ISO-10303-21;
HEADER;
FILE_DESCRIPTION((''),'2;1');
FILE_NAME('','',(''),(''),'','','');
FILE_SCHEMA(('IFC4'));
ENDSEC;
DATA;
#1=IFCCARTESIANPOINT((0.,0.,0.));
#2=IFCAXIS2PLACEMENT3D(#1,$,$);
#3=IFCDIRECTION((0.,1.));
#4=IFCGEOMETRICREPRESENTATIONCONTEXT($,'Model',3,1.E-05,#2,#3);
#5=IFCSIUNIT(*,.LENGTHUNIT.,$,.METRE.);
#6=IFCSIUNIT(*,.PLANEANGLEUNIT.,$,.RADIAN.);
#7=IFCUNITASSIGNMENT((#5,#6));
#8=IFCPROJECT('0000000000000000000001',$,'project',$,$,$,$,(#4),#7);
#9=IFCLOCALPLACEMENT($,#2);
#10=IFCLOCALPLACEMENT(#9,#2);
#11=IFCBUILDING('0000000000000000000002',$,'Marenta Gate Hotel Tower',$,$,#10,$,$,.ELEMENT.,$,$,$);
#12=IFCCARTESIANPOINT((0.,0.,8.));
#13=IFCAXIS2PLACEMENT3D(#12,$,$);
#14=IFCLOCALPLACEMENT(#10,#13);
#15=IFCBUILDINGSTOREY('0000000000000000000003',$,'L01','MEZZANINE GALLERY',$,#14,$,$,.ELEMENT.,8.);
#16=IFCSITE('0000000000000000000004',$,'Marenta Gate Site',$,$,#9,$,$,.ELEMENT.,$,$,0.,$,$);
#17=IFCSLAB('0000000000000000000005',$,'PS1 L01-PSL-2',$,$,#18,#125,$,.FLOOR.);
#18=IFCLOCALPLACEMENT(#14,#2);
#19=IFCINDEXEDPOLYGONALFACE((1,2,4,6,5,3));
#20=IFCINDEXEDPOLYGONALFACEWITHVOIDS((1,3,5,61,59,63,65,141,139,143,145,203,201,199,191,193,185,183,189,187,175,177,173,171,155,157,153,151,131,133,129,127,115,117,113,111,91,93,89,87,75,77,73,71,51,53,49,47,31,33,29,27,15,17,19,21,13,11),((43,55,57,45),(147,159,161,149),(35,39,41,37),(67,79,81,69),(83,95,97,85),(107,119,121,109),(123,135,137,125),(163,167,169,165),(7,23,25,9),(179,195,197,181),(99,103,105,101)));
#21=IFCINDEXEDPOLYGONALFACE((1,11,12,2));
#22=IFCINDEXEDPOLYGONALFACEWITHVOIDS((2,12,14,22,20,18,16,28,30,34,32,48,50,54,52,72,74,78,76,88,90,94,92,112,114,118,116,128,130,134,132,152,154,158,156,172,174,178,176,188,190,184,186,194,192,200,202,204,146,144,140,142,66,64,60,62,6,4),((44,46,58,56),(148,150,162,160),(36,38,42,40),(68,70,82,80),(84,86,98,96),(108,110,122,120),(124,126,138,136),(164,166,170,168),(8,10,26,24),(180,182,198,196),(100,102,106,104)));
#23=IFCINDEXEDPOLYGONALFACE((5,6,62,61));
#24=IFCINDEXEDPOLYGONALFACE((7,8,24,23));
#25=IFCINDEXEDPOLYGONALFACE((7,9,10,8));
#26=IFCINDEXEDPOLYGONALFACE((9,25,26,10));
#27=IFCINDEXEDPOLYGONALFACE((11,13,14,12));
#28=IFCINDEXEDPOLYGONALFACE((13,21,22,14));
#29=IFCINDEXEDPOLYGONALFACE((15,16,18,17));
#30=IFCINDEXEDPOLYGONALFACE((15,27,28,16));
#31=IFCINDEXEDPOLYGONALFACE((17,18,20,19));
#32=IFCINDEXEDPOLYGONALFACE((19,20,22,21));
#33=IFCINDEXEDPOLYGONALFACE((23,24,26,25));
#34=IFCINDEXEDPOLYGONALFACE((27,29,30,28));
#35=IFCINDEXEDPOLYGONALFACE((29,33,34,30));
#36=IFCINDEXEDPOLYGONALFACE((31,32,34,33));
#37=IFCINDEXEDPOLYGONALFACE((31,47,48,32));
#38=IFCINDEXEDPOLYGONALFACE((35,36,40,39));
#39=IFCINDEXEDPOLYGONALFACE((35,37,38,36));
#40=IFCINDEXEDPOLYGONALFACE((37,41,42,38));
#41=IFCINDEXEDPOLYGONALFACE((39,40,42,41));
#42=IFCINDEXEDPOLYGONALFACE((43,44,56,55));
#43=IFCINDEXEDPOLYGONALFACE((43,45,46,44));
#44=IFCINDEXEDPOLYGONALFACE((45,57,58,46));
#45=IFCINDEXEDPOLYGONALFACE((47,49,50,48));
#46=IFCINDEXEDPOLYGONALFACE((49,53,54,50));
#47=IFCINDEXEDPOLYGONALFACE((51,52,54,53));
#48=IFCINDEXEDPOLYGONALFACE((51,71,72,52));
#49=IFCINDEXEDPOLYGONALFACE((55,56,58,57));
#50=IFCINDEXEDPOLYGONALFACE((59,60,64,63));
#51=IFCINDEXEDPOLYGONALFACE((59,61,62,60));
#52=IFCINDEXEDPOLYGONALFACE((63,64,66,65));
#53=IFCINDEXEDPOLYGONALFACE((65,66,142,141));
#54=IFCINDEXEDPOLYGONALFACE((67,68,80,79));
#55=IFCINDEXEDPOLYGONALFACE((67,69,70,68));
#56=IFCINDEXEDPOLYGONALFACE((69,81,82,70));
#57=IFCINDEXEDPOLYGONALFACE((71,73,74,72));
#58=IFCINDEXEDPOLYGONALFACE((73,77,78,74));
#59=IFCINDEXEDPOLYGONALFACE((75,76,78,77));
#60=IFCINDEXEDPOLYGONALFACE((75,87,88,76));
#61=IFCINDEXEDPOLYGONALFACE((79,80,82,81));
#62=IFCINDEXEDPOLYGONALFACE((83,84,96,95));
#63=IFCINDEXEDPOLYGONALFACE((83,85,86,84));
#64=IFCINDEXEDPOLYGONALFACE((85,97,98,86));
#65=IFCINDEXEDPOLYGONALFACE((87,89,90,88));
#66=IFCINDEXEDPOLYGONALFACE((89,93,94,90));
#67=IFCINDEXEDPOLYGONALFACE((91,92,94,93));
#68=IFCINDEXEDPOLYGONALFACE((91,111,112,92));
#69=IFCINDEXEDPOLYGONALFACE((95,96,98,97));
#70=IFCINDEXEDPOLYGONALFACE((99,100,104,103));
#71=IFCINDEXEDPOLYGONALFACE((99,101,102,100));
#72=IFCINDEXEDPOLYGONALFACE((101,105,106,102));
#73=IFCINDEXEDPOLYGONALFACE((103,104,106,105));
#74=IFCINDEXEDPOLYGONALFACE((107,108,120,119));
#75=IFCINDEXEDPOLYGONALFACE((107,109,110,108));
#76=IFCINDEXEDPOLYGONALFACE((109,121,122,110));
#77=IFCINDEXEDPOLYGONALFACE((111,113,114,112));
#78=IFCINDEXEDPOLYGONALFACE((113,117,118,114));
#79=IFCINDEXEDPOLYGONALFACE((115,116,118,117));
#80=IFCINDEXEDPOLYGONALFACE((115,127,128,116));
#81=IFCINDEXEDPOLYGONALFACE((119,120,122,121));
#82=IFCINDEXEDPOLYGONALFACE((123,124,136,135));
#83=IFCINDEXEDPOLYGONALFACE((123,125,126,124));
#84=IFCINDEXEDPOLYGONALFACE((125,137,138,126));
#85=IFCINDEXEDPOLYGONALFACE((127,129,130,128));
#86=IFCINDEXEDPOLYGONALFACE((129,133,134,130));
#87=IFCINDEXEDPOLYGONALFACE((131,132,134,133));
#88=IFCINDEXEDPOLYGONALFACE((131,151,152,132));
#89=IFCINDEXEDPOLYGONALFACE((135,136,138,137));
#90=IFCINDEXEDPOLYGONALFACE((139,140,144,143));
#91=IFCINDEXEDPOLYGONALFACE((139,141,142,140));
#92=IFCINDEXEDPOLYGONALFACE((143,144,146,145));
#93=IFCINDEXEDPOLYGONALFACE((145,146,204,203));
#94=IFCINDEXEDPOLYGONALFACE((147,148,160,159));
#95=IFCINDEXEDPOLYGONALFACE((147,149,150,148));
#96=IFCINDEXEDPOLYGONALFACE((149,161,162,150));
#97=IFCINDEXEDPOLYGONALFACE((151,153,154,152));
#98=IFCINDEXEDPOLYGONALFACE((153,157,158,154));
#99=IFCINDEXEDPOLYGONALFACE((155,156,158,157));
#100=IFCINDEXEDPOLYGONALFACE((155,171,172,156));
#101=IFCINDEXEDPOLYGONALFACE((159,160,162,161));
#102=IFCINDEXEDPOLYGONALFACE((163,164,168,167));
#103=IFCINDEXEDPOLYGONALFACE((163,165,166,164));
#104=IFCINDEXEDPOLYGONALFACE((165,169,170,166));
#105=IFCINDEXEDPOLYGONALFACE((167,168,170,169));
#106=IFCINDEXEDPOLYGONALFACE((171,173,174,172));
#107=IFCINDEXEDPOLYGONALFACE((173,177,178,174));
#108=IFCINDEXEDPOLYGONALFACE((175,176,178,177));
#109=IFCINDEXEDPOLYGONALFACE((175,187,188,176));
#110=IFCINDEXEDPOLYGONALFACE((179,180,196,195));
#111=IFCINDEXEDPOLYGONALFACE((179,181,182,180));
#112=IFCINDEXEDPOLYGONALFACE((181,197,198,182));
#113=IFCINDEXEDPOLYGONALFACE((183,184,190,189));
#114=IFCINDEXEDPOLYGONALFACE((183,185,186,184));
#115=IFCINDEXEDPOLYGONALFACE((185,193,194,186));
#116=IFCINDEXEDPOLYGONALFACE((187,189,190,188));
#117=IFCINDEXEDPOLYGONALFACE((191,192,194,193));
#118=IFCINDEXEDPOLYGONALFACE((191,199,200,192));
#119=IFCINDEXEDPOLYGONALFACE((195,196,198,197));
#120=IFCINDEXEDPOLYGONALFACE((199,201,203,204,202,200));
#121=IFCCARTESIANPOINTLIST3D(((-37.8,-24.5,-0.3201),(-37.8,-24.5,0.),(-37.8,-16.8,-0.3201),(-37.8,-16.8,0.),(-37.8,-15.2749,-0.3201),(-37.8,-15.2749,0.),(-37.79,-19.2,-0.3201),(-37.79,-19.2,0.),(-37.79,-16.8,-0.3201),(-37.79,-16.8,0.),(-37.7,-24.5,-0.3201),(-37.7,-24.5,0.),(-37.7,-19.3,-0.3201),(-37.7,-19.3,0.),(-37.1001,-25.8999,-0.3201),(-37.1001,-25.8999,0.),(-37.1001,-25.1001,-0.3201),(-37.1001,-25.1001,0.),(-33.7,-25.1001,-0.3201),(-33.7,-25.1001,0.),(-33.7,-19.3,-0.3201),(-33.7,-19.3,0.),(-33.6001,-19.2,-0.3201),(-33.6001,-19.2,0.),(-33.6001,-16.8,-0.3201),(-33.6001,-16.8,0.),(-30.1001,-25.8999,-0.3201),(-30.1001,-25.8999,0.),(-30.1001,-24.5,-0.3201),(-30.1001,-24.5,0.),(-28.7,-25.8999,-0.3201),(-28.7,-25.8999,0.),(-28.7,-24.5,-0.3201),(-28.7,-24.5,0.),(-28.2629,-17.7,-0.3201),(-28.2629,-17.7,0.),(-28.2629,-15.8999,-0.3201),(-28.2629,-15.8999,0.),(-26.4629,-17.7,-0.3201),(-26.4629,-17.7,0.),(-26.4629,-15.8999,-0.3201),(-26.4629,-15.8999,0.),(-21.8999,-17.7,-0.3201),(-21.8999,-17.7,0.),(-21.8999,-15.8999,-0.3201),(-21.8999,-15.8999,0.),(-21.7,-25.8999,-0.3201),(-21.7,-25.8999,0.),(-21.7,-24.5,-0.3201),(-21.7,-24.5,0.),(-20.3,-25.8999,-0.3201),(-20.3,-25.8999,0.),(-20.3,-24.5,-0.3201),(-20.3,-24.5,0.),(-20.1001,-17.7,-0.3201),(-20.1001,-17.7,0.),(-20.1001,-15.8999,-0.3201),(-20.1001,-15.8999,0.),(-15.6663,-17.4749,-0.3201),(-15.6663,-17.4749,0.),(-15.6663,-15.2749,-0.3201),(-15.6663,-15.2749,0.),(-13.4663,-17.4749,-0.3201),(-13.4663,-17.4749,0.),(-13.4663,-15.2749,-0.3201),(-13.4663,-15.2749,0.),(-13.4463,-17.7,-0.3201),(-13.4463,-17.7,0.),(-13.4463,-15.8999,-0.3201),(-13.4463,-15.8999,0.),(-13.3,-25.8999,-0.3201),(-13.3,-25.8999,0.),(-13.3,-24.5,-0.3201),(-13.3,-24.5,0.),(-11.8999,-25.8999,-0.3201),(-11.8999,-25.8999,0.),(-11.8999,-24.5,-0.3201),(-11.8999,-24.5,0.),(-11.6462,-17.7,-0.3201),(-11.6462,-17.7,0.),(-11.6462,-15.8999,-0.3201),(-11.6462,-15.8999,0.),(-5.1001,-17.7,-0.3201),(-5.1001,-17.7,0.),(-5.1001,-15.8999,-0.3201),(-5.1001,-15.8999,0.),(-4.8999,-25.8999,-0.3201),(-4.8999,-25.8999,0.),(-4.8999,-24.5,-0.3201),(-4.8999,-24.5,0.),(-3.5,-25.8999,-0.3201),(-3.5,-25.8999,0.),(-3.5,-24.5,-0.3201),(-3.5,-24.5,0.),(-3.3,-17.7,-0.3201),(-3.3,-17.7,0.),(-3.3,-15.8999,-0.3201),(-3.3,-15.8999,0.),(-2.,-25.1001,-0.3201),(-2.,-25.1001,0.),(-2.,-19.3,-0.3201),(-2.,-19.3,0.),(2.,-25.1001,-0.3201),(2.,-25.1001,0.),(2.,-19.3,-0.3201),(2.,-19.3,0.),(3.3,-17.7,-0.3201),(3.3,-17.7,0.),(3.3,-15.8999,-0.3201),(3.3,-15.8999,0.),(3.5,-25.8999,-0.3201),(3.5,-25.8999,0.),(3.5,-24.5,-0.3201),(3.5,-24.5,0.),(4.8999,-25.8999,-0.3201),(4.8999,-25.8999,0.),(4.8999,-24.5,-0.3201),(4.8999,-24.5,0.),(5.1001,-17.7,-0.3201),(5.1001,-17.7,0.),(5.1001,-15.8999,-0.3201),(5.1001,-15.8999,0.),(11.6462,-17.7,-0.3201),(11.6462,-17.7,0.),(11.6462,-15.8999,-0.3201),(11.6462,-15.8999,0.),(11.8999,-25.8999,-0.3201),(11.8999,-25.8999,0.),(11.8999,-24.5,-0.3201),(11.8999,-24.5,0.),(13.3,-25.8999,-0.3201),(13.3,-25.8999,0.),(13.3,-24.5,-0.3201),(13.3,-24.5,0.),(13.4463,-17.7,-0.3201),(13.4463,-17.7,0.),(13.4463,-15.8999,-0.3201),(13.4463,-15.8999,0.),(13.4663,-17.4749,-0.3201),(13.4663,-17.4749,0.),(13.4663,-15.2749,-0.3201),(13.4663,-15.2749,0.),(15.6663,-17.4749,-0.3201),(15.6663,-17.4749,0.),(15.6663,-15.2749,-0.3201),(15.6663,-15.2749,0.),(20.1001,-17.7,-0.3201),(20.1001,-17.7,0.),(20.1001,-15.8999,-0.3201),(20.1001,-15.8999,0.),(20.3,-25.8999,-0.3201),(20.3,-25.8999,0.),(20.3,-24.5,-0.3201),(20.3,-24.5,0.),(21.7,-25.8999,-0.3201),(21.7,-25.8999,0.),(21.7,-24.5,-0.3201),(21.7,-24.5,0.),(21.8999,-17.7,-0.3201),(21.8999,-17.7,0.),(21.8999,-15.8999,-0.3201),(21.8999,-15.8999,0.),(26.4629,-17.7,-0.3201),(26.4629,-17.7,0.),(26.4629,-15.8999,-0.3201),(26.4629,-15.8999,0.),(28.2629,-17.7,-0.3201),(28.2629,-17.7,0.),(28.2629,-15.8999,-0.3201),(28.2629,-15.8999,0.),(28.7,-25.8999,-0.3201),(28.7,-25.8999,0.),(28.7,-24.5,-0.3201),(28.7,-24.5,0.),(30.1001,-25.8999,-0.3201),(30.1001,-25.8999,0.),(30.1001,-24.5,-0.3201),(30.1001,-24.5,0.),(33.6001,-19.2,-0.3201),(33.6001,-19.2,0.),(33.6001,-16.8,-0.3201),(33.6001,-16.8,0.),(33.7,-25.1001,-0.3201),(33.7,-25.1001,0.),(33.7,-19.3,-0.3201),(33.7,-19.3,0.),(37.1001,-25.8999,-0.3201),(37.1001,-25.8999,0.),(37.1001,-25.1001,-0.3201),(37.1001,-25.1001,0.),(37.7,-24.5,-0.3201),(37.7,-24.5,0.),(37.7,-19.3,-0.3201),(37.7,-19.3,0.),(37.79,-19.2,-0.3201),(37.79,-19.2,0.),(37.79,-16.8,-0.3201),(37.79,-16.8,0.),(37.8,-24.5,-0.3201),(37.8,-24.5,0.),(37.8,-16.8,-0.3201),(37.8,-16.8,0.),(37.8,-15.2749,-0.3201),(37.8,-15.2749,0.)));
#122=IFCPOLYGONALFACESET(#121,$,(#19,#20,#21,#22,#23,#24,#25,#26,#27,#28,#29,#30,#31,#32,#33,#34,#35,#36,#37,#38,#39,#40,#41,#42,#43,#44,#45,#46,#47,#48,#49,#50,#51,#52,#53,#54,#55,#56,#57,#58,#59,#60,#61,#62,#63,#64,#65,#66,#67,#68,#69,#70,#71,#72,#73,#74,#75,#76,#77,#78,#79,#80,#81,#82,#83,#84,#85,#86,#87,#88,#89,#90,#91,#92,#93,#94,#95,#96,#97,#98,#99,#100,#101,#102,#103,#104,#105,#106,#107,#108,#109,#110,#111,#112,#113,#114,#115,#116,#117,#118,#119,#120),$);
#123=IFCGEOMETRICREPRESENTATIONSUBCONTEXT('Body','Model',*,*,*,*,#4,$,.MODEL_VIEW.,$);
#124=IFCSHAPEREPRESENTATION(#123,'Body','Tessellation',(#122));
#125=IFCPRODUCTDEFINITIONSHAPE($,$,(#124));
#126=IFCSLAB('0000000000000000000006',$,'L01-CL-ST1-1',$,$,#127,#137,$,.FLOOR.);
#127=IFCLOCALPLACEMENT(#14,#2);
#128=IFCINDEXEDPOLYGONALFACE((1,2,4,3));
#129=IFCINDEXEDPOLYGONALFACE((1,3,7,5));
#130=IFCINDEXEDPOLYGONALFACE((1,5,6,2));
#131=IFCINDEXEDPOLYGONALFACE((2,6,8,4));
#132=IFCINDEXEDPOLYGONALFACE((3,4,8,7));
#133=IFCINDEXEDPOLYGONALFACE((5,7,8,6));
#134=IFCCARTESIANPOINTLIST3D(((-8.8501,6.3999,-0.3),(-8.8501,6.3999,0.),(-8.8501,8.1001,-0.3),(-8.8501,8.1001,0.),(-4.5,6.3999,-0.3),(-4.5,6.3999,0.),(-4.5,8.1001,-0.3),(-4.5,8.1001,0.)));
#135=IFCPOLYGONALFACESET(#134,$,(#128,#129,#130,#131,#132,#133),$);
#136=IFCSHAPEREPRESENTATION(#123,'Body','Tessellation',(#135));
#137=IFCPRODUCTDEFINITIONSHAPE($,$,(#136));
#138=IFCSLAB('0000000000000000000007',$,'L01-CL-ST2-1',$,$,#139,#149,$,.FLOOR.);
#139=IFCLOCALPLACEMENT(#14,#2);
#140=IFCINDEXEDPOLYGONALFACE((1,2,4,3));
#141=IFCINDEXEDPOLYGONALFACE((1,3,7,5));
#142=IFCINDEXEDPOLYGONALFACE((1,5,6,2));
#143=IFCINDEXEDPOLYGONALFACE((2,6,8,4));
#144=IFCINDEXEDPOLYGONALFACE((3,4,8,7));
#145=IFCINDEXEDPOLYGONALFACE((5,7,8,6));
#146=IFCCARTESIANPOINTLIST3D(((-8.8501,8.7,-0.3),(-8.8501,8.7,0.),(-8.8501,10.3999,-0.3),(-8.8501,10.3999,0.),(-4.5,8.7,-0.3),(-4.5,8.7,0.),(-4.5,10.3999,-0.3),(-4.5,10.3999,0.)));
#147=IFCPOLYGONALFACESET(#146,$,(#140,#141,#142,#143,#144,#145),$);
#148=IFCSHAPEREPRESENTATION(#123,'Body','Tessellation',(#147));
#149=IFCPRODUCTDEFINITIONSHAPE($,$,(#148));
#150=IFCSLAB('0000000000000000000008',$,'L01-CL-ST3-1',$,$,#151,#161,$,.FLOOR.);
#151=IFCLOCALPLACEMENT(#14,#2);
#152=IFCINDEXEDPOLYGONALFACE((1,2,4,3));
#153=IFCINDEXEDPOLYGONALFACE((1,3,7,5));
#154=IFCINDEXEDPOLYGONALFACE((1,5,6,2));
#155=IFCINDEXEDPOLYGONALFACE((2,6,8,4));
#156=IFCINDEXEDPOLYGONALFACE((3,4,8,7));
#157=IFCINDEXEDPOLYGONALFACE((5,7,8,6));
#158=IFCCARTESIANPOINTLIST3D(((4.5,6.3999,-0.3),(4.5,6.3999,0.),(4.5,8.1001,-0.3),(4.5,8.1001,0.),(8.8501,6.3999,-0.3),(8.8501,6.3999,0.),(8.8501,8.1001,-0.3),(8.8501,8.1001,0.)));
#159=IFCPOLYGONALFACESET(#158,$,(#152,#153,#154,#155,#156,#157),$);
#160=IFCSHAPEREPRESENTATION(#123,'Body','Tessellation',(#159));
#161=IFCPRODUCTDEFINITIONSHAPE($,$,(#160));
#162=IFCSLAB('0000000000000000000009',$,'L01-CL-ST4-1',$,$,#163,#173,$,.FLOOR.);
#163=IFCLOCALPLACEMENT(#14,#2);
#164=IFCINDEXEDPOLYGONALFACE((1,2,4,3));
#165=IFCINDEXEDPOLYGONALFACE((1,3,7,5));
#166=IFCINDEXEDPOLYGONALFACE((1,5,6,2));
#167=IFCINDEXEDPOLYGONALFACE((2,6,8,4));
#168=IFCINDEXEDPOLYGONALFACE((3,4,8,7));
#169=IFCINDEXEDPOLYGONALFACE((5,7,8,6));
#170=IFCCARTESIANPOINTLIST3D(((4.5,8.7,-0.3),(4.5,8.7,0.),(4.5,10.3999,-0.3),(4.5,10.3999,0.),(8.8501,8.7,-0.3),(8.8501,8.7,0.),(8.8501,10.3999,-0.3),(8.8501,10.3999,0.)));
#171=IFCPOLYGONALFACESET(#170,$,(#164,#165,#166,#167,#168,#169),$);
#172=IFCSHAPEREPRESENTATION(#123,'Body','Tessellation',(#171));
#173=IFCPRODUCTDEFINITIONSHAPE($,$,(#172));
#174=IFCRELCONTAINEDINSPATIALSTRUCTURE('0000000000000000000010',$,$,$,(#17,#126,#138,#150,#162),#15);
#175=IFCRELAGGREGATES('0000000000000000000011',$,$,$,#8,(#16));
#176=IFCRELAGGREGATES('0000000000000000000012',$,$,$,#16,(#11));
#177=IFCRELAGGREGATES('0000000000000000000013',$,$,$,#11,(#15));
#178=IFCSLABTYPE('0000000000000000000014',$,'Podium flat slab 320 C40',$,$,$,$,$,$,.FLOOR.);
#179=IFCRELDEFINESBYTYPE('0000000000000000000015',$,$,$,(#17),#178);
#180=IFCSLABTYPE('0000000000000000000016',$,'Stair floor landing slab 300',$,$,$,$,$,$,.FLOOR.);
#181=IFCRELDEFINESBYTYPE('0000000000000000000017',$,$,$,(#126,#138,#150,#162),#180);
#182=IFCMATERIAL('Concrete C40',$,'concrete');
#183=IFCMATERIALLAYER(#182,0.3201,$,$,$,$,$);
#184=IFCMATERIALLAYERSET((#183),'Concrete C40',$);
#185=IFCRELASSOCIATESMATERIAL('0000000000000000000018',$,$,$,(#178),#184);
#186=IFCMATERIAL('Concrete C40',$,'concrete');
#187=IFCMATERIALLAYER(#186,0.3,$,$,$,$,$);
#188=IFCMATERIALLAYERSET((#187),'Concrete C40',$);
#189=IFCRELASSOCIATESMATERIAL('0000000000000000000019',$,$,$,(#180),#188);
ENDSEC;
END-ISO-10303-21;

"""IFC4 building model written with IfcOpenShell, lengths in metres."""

from ifc_helpers import new_model, si_unit, direction, frame, origin, place, context, subcontext, project, spatial, polyline, outline, extrude, material, layer, layer_set, type_object, element, save


model = new_model("IFC4")

# Units and contexts
model_context = context("Model", 3, precision=1e-05, world=origin(), true_north=direction((0.0, 1.0)))
body_context = subcontext(model_context, "Body", "Model", "MODEL_VIEW")
ifc_project = project(units=[si_unit("LENGTHUNIT", "METRE"), si_unit("PLANEANGLEUNIT", "RADIAN")], contexts=[model_context])

# Site, building, storey
site_placement = place(None, origin())
site = spatial("IfcSite", under=ifc_project, at=site_placement, Name="Marenta Gate Site", CompositionType="ELEMENT", RefElevation=0.0)
building_placement = place(site_placement, origin())
building = spatial("IfcBuilding", under=site, at=building_placement, Name="Marenta Gate Hotel Tower", CompositionType="ELEMENT")
storey_placement = place(building_placement, frame((0.0, 0.0, 8.0)))
storey = spatial("IfcBuildingStorey", under=building, at=storey_placement, Name="L01", Description="MEZZANINE GALLERY", CompositionType="ELEMENT", Elevation=8.0)

# Slabs
ifc_material_1 = material(Name="Concrete C40", Category="concrete")
ifc_layer_1 = layer(ifc_material_1, 0.3201)
ifc_layer_set_1 = layer_set([ifc_layer_1], Name="Concrete C40")
slab_type_1 = type_object("IfcSlabType", Name="Podium flat slab 320 C40", PredefinedType="FLOOR", material=ifc_layer_set_1)
slab_1_placement = place(storey_placement, frame((0.0, 0.0, -0.3201)))
element("IfcSlab", 1, at=slab_1_placement, inside=storey, type_object=slab_type_1, Name="PS1 L01-PSL-2", PredefinedType="FLOOR", context=body_context, shape_type="SweptSolid", body=[
    extrude(outline(polyline([(-37.8, -16.8), (-37.8, -24.5), (-37.7, -24.5), (-37.7, -19.3), (-33.7, -19.3), (-33.7, -25.1001), (-37.1001, -25.1001), (-37.1001, -25.8999), (-30.1001, -25.8999), (-30.1001, -24.5), (-28.7, -24.5), (-28.7, -25.8999), (-21.7, -25.8999), (-21.7, -24.5), (-20.3, -24.5), (-20.3, -25.8999), (-13.3, -25.8999), (-13.3, -24.5), (-11.8999, -24.5), (-11.8999, -25.8999), (-4.8999, -25.8999), (-4.8999, -24.5), (-3.5, -24.5), (-3.5, -25.8999), (3.5, -25.8999), (3.5, -24.5), (4.8999, -24.5), (4.8999, -25.8999), (11.8999, -25.8999), (11.8999, -24.5), (13.3, -24.5), (13.3, -25.8999), (20.3, -25.8999), (20.3, -24.5), (21.7, -24.5), (21.7, -25.8999), (28.7, -25.8999), (28.7, -24.5), (30.1001, -24.5), (30.1001, -25.8999), (37.1001, -25.8999), (37.1001, -25.1001), (33.7, -25.1001), (33.7, -19.3), (37.7, -19.3), (37.7, -24.5), (37.8, -24.5), (37.8, -16.8), (37.8, -15.2749), (15.6663, -15.2749), (15.6663, -17.4749), (13.4663, -17.4749), (13.4663, -15.2749), (-13.4663, -15.2749), (-13.4663, -17.4749), (-15.6663, -17.4749), (-15.6663, -15.2749), (-37.8, -15.2749), (-37.8, -16.8)]), holes=[polyline([(33.6001, -19.2), (33.6001, -16.8), (37.79, -16.8), (37.79, -19.2), (33.6001, -19.2)]), polyline([(26.4629, -15.8999), (28.2629, -15.8999), (28.2629, -17.7), (26.4629, -17.7), (26.4629, -15.8999)]), polyline([(20.1001, -15.8999), (21.8999, -15.8999), (21.8999, -17.7), (20.1001, -17.7), (20.1001, -15.8999)]), polyline([(11.6462, -15.8999), (13.4463, -15.8999), (13.4463, -17.7), (11.6462, -17.7), (11.6462, -15.8999)]), polyline([(3.3, -17.7), (3.3, -15.8999), (5.1001, -15.8999), (5.1001, -17.7), (3.3, -17.7)]), polyline([(-2.0, -25.1001), (-2.0, -19.3), (2.0, -19.3), (2.0, -25.1001), (-2.0, -25.1001)]), polyline([(-5.1001, -17.7), (-5.1001, -15.8999), (-3.3, -15.8999), (-3.3, -17.7), (-5.1001, -17.7)]), polyline([(-13.4463, -15.8999), (-11.6462, -15.8999), (-11.6462, -17.7), (-13.4463, -17.7), (-13.4463, -15.8999)]), polyline([(-21.8999, -17.7), (-21.8999, -15.8999), (-20.1001, -15.8999), (-20.1001, -17.7), (-21.8999, -17.7)]), polyline([(-28.2629, -17.7), (-28.2629, -15.8999), (-26.4629, -15.8999), (-26.4629, -17.7), (-28.2629, -17.7)]), polyline([(-37.79, -16.8), (-33.6001, -16.8), (-33.6001, -19.2), (-37.79, -19.2), (-37.79, -16.8)])]), origin(), (0.0, 0.0, 1.0), 0.3201),
])
ifc_material_2 = material(Name="Concrete C40", Category="concrete")
ifc_layer_2 = layer(ifc_material_2, 0.3)
ifc_layer_set_2 = layer_set([ifc_layer_2], Name="Concrete C40")
slab_type_2 = type_object("IfcSlabType", Name="Stair floor landing slab 300", PredefinedType="FLOOR", material=ifc_layer_set_2)
slab_2_placement = place(storey_placement, frame((0.0, 0.0, -0.3)))
element("IfcSlab", 2, at=slab_2_placement, inside=storey, type_object=slab_type_2, Name="L01-CL-ST1-1", PredefinedType="FLOOR", context=body_context, shape_type="SweptSolid", body=[
    extrude(outline(polyline([(-4.5, 6.3999), (-8.8501, 6.3999), (-8.8501, 8.1001), (-4.5, 8.1001), (-4.5, 6.3999)])), origin(), (0.0, 0.0, 1.0), 0.3),
])
slab_3_placement = place(storey_placement, frame((0.0, 0.0, -0.3)))
element("IfcSlab", 3, at=slab_3_placement, inside=storey, type_object=slab_type_2, Name="L01-CL-ST2-1", PredefinedType="FLOOR", context=body_context, shape_type="SweptSolid", body=[
    extrude(outline(polyline([(-4.5, 8.7), (-8.8501, 8.7), (-8.8501, 10.3999), (-4.5, 10.3999), (-4.5, 8.7)])), origin(), (0.0, 0.0, 1.0), 0.3),
])
slab_4_placement = place(storey_placement, frame((0.0, 0.0, -0.3)))
element("IfcSlab", 4, at=slab_4_placement, inside=storey, type_object=slab_type_2, Name="L01-CL-ST3-1", PredefinedType="FLOOR", context=body_context, shape_type="SweptSolid", body=[
    extrude(outline(polyline([(4.5, 6.3999), (4.5, 8.1001), (8.8501, 8.1001), (8.8501, 6.3999), (4.5, 6.3999)])), origin(), (0.0, 0.0, 1.0), 0.3),
])
slab_5_placement = place(storey_placement, frame((0.0, 0.0, -0.3)))
element("IfcSlab", 5, at=slab_5_placement, inside=storey, type_object=slab_type_2, Name="L01-CL-ST4-1", PredefinedType="FLOOR", context=body_context, shape_type="SweptSolid", body=[
    extrude(outline(polyline([(4.5, 8.7), (4.5, 10.3999), (8.8501, 10.3999), (8.8501, 8.7), (4.5, 8.7)])), origin(), (0.0, 0.0, 1.0), 0.3),
])

save(model, "model.ifc")
